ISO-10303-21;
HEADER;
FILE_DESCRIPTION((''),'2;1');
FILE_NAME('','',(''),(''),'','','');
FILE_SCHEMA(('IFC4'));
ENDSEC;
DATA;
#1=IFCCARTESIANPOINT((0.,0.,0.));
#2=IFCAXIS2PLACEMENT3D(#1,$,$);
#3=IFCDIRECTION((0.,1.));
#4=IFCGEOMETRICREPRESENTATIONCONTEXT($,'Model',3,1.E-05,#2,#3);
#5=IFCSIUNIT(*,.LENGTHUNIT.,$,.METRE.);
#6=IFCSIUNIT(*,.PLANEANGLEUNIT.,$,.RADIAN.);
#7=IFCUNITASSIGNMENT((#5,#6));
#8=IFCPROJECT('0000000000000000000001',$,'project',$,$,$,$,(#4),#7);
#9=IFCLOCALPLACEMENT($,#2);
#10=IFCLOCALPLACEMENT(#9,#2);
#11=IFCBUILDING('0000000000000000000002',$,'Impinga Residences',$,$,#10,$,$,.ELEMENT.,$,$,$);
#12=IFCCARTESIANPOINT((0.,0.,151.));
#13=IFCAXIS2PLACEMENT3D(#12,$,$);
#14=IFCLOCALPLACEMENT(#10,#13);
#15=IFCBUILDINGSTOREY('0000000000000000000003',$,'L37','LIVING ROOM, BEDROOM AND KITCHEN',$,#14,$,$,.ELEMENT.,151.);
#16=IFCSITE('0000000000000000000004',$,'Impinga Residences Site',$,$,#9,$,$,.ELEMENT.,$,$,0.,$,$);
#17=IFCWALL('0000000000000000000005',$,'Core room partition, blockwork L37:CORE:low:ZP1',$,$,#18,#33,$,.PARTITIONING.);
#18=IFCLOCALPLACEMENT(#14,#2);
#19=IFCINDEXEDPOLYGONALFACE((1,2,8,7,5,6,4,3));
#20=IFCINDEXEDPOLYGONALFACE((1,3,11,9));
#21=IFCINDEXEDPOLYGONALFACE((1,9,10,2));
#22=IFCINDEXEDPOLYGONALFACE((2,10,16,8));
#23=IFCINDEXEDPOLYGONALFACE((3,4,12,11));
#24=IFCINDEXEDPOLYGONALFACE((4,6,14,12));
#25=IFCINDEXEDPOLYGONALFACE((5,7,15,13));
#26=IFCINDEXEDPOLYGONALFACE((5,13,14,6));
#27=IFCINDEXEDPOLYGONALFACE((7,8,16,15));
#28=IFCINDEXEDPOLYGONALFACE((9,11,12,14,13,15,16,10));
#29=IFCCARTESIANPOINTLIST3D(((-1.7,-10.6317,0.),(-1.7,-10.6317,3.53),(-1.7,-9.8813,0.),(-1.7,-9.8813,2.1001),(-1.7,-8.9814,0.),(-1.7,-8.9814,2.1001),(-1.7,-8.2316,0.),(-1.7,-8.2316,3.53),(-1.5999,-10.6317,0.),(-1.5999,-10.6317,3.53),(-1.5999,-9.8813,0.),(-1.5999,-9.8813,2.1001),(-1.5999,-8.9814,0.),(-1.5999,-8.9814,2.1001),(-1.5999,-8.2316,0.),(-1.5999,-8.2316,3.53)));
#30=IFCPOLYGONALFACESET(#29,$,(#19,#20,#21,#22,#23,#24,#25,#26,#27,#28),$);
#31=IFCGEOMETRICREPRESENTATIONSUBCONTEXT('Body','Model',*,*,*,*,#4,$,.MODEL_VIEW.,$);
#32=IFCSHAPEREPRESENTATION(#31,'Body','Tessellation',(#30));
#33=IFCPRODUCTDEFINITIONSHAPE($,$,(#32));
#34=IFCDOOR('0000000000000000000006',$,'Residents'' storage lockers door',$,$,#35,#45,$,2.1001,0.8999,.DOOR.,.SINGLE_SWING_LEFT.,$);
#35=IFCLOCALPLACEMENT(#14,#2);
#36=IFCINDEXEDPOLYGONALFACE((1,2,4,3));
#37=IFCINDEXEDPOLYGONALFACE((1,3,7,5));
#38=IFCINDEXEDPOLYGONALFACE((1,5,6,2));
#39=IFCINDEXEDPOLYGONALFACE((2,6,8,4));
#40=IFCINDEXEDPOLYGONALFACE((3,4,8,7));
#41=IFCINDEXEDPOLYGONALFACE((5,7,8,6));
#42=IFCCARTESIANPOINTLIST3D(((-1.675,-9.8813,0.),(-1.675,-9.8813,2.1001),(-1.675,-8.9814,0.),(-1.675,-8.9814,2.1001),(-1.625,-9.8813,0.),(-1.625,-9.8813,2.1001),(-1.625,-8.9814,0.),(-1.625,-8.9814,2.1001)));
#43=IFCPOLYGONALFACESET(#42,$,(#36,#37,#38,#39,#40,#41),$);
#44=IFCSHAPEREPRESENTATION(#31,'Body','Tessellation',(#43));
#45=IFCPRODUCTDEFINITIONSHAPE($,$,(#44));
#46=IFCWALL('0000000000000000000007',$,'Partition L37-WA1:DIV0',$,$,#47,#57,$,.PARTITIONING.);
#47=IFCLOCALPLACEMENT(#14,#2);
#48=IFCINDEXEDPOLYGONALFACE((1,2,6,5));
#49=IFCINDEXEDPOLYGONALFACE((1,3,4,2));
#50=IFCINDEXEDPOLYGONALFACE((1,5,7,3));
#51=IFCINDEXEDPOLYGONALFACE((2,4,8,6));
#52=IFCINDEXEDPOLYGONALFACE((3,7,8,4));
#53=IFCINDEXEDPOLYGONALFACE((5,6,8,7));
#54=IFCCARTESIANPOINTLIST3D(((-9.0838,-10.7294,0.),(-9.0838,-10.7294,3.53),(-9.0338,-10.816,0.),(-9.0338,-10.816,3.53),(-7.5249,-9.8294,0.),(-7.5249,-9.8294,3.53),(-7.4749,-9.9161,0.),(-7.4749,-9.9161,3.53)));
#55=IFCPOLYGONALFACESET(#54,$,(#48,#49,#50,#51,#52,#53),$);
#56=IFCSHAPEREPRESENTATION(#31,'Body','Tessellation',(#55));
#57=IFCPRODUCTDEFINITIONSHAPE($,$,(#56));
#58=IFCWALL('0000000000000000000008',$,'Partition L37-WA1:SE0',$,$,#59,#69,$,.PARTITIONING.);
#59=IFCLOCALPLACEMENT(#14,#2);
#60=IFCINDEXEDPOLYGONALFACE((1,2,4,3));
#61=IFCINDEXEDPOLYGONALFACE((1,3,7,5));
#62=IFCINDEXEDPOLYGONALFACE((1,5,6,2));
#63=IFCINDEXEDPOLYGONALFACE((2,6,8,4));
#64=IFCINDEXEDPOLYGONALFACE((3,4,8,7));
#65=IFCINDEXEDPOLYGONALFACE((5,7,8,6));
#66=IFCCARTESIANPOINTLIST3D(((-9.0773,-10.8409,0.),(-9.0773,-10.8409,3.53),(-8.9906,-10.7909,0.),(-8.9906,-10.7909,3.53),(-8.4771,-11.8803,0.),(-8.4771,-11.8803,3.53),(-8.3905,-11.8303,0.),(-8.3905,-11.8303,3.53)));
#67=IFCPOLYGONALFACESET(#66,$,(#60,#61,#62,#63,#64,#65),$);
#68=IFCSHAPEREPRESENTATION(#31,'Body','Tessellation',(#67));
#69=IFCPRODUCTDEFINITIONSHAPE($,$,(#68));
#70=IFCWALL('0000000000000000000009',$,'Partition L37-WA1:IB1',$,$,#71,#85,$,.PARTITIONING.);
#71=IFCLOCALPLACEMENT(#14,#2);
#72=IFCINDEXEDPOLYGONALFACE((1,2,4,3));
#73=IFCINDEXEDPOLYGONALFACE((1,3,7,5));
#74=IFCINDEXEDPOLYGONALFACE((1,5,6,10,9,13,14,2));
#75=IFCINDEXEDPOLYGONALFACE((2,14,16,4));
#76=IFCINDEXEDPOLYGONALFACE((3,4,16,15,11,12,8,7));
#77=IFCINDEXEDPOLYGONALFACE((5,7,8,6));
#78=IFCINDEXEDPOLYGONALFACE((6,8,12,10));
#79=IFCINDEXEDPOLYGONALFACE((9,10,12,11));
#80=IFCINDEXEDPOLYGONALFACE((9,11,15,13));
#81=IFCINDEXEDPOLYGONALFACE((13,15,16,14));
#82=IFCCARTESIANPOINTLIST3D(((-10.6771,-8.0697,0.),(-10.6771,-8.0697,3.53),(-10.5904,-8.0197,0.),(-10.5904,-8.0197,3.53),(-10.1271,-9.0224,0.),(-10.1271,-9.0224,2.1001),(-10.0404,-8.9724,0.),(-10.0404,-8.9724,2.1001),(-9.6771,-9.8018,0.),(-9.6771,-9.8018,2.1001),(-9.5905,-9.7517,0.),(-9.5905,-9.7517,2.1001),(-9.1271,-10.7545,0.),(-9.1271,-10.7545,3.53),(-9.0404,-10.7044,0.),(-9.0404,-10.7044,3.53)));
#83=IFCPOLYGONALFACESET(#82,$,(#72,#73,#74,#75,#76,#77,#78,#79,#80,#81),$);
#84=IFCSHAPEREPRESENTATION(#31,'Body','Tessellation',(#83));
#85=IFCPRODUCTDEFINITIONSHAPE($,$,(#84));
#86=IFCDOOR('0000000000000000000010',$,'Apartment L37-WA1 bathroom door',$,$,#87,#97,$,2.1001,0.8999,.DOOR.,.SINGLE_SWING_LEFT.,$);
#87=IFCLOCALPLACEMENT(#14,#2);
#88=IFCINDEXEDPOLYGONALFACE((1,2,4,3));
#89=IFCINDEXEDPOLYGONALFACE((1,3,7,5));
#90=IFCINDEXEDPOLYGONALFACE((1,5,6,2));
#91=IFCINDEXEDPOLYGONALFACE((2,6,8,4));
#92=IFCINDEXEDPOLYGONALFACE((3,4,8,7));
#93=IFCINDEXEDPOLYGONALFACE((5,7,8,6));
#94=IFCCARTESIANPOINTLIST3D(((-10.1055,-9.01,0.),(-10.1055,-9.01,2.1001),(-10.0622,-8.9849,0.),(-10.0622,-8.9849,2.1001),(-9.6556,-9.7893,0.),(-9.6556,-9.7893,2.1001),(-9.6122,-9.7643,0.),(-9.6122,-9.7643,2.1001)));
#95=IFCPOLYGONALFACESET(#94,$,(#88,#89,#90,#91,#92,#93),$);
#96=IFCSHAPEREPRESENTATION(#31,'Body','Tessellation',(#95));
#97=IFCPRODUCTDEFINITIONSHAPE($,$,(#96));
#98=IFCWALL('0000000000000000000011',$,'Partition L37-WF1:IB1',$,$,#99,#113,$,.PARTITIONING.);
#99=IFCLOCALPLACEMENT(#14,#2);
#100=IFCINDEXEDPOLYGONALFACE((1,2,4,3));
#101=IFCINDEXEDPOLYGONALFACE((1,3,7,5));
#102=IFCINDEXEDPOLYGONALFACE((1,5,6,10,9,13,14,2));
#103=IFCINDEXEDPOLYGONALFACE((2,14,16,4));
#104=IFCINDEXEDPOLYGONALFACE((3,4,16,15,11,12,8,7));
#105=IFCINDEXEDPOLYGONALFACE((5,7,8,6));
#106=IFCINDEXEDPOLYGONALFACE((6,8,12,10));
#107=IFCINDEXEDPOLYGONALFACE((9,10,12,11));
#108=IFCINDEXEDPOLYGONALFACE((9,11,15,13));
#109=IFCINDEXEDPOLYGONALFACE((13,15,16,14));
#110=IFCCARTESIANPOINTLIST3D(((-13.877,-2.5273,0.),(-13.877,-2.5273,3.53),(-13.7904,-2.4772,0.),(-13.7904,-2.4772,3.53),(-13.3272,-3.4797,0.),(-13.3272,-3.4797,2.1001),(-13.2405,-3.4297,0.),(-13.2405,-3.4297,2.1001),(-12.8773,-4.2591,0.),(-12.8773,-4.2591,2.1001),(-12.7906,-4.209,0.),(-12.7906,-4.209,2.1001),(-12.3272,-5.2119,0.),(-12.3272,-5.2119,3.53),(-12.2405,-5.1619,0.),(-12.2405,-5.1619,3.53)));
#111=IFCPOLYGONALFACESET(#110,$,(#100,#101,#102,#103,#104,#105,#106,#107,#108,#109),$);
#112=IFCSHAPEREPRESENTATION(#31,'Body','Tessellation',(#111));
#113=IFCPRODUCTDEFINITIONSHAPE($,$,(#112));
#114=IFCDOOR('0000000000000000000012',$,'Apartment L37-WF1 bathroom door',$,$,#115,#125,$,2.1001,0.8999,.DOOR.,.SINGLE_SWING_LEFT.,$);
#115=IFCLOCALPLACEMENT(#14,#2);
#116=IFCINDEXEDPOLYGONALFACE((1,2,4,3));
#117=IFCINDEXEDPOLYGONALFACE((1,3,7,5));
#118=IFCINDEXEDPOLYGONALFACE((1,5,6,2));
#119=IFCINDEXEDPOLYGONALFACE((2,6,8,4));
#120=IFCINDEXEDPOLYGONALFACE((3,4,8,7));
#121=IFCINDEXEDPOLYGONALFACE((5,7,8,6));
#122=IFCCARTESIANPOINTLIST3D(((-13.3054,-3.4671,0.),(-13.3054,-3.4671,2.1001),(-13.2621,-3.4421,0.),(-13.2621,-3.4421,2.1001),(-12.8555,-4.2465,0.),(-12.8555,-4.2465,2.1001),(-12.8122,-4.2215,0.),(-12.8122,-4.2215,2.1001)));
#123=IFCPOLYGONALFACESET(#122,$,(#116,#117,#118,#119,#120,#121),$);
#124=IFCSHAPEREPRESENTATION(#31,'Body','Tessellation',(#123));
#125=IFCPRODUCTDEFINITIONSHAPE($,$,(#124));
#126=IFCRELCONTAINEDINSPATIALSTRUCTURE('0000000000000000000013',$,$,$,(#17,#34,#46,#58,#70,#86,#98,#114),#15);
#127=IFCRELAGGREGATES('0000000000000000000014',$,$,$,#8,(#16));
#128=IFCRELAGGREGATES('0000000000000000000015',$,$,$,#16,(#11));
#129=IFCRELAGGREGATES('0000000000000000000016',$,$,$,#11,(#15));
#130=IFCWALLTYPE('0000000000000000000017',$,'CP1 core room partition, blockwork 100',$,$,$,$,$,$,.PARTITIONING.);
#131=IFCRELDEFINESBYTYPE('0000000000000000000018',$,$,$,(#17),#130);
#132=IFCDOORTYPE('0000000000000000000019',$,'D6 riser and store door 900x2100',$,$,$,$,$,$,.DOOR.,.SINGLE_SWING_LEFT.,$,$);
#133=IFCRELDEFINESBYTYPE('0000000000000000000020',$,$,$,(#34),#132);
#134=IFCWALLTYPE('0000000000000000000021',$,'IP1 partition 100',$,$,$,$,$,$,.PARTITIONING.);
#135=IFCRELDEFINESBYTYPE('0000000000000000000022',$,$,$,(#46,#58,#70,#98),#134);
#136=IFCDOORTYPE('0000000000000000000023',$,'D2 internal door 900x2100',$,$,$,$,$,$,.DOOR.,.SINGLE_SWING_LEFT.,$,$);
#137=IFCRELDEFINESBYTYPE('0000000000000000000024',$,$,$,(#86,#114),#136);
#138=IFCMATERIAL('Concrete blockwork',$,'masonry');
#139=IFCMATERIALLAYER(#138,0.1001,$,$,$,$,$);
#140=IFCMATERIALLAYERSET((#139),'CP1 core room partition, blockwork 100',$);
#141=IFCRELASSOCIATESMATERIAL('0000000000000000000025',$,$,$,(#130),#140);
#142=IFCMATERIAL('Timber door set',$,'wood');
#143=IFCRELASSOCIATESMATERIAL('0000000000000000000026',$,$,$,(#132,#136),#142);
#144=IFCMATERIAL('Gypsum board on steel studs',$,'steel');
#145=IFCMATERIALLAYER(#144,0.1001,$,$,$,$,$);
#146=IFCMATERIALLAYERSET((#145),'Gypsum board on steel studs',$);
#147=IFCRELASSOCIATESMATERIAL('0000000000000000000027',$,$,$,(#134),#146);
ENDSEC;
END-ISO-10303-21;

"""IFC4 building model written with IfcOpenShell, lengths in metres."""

from ifc_helpers import new_model, si_unit, direction, frame, frame_2d, origin, place, context, subcontext, project, spatial, rectangle, extrude, material, layer, layer_set, type_object, element, fill, save


model = new_model("IFC4")

# Units and contexts
model_context = context("Model", 3, precision=1e-05, world=origin(), true_north=direction((0.0, 1.0)))
body_context = subcontext(model_context, "Body", "Model", "MODEL_VIEW")
ifc_project = project(units=[si_unit("LENGTHUNIT", "METRE"), si_unit("PLANEANGLEUNIT", "RADIAN")], contexts=[model_context])

# Site, building, storey
site_placement = place(None, origin())
site = spatial("IfcSite", under=ifc_project, at=site_placement, Name="Impinga Residences Site", CompositionType="ELEMENT", RefElevation=0.0)
building_placement = place(site_placement, origin())
building = spatial("IfcBuilding", under=site, at=building_placement, Name="Impinga Residences", CompositionType="ELEMENT")
storey_placement = place(building_placement, frame((0.0, 0.0, 151.0)))
storey = spatial("IfcBuildingStorey", under=building, at=storey_placement, Name="L37", Description="LIVING ROOM, BEDROOM AND KITCHEN", CompositionType="ELEMENT", Elevation=151.0)

# Shared definitions
ifc_material_1 = material(Name="Timber door set", Category="wood")

# Wall, opening, door
ifc_material_2 = material(Name="Concrete blockwork", Category="masonry")
ifc_layer_1 = layer(ifc_material_2, 0.1001)
ifc_layer_set_1 = layer_set([ifc_layer_1], Name="CP1 core room partition, blockwork 100")
wall_type_1 = type_object("IfcWallType", Name="CP1 core room partition, blockwork 100", PredefinedType="PARTITIONING", material=ifc_layer_set_1)
wall_1_placement = place(storey_placement, frame((-1.6499, -8.2314, 0.0), z_axis=(0.0, 0.0, 1.0), x_axis=(0.0, -1.0, 0.0)))
wall_1 = element("IfcWall", 1, at=wall_1_placement, inside=storey, type_object=wall_type_1, Name="Core room partition, blockwork L37:CORE:low:ZP1", PredefinedType="PARTITIONING", context=body_context, shape_type="SweptSolid", body=[
    extrude(rectangle(XDim=2.4001, YDim=0.1001, at=frame_2d((1.2002, 0.0))), origin(), (0.0, 0.0, 1.0), 3.53),
])
opening_1_placement = place(wall_1_placement, frame((0.75, 0.0, 0.0)))
opening_1 = element("IfcOpeningElement", 2, at=opening_1_placement, cuts=wall_1, PredefinedType="OPENING", context=body_context, shape_type="SweptSolid", body=[
    extrude(rectangle(XDim=0.8999, YDim=2.1001, at=frame_2d((0.45, 1.05))), frame((0.0, 0.0601, 0.0), z_axis=(0.0, -1.0, 0.0), x_axis=(1.0, 0.0, 0.0)), (0.0, 0.0, 1.0), 0.1201),
])
door_type_1 = type_object("IfcDoorType", Name="D6 riser and store door 900x2100", OperationType="SINGLE_SWING_LEFT", PredefinedType="DOOR", material=ifc_material_1)
door_1_placement = place(opening_1_placement, origin())
door_1 = element("IfcDoor", 3, at=door_1_placement, inside=storey, type_object=door_type_1, Name="Residents' storage lockers door", OperationType="SINGLE_SWING_LEFT", OverallHeight=2.1001, OverallWidth=0.8999, PredefinedType="DOOR", context=body_context, shape_type="SweptSolid", body=[
    extrude(rectangle(XDim=0.8999, YDim=2.1001, at=frame_2d((0.45, 1.05))), frame((0.0, 0.0249, 0.0), z_axis=(0.0, -1.0, 0.0), x_axis=(1.0, 0.0, 0.0)), (0.0, 0.0, 1.0), 0.05),
])
fill(opening_1, door_1)

# Walls
ifc_material_3 = material(Name="Gypsum board on steel studs", Category="steel")
ifc_layer_2 = layer(ifc_material_3, 0.1001)
ifc_layer_set_2 = layer_set([ifc_layer_2], Name="Gypsum board on steel studs")
wall_type_2 = type_object("IfcWallType", Name="IP1 partition 100", PredefinedType="PARTITIONING", material=ifc_layer_set_2)
wall_2_placement = place(storey_placement, frame((-7.5, -9.8728, 0.0), z_axis=(0.0, 0.0, 1.0), x_axis=(-0.866048, -0.499961, 0.0)))
element("IfcWall", 4, at=wall_2_placement, inside=storey, type_object=wall_type_2, Name="Partition L37-WA1:DIV0", PredefinedType="PARTITIONING", context=body_context, shape_type="SweptSolid", body=[
    extrude(rectangle(XDim=1.8, YDim=0.1001, at=frame_2d((0.8999, 0.0))), origin(), (0.0, 0.0, 1.0), 3.53),
])
wall_3_placement = place(storey_placement, frame((-9.0339, -10.8159, 0.0), z_axis=(0.0, 0.0, 1.0), x_axis=(0.500034, -0.866006, 0.0)))
element("IfcWall", 5, at=wall_3_placement, inside=storey, type_object=wall_type_2, Name="Partition L37-WA1:SE0", PredefinedType="PARTITIONING", context=body_context, shape_type="SweptSolid", body=[
    extrude(rectangle(XDim=1.2002, YDim=0.1001, at=frame_2d((0.6001, 0.0))), origin(), (0.0, 0.0, 1.0), 3.53),
])

# Walls, openings, doors
wall_4_placement = place(storey_placement, frame((-10.6338, -8.0447, 0.0), z_axis=(0.0, 0.0, 1.0), x_axis=(0.499993, -0.86603, 0.0)))
wall_4 = element("IfcWall", 6, at=wall_4_placement, inside=storey, type_object=wall_type_2, Name="Partition L37-WA1:IB1", PredefinedType="PARTITIONING", context=body_context, shape_type="SweptSolid", body=[
    extrude(rectangle(XDim=3.1001, YDim=0.1001, at=frame_2d((1.55, 0.0))), origin(), (0.0, 0.0, 1.0), 3.53),
])
opening_2_placement = place(wall_4_placement, frame((1.1001, 0.0, 0.0)))
opening_2 = element("IfcOpeningElement", 7, at=opening_2_placement, cuts=wall_4, PredefinedType="OPENING", context=body_context, shape_type="SweptSolid", body=[
    extrude(rectangle(XDim=0.8999, YDim=2.1001, at=frame_2d((0.45, 1.05))), frame((0.0, 0.0601, 0.0), z_axis=(0.0, -1.0, 0.0), x_axis=(1.0, 0.0, 0.0)), (0.0, 0.0, 1.0), 0.1201),
])
door_type_2 = type_object("IfcDoorType", Name="D2 internal door 900x2100", OperationType="SINGLE_SWING_LEFT", PredefinedType="DOOR", material=ifc_material_1)
door_2_placement = place(opening_2_placement, origin())
door_2 = element("IfcDoor", 8, at=door_2_placement, inside=storey, type_object=door_type_2, Name="Apartment L37-WA1 bathroom door", OperationType="SINGLE_SWING_LEFT", OverallHeight=2.1001, OverallWidth=0.8999, PredefinedType="DOOR", context=body_context, shape_type="SweptSolid", body=[
    extrude(rectangle(XDim=0.8999, YDim=2.1001, at=frame_2d((0.45, 1.05))), frame((0.0, 0.0249, 0.0), z_axis=(0.0, -1.0, 0.0), x_axis=(1.0, 0.0, 0.0)), (0.0, 0.0, 1.0), 0.05),
])
fill(opening_2, door_2)
wall_5_placement = place(storey_placement, frame((-12.2839, -5.1868, 0.0), z_axis=(0.0, 0.0, 1.0), x_axis=(-0.499968, 0.866044, 0.0)))
wall_5 = element("IfcWall", 9, at=wall_5_placement, inside=storey, type_object=wall_type_2, Name="Partition L37-WF1:IB1", PredefinedType="PARTITIONING", context=body_context, shape_type="SweptSolid", body=[
    extrude(rectangle(XDim=3.0999, YDim=0.1001, at=frame_2d((1.5498, 0.0))), origin(), (0.0, 0.0, 1.0), 3.53),
])
opening_3_placement = place(wall_5_placement, frame((1.1001, 0.0, 0.0)))
opening_3 = element("IfcOpeningElement", 10, at=opening_3_placement, cuts=wall_5, PredefinedType="OPENING", context=body_context, shape_type="SweptSolid", body=[
    extrude(rectangle(XDim=0.8999, YDim=2.1001, at=frame_2d((0.45, 1.05))), frame((0.0, 0.0601, 0.0), z_axis=(0.0, -1.0, 0.0), x_axis=(1.0, 0.0, 0.0)), (0.0, 0.0, 1.0), 0.1201),
])
door_3_placement = place(opening_3_placement, origin())
door_3 = element("IfcDoor", 11, at=door_3_placement, inside=storey, type_object=door_type_2, Name="Apartment L37-WF1 bathroom door", OperationType="SINGLE_SWING_LEFT", OverallHeight=2.1001, OverallWidth=0.8999, PredefinedType="DOOR", context=body_context, shape_type="SweptSolid", body=[
    extrude(rectangle(XDim=0.8999, YDim=2.1001, at=frame_2d((0.45, 1.05))), frame((0.0, 0.0249, 0.0), z_axis=(0.0, -1.0, 0.0), x_axis=(1.0, 0.0, 0.0)), (0.0, 0.0, 1.0), 0.05),
])
fill(opening_3, door_3)

save(model, "model.ifc")
